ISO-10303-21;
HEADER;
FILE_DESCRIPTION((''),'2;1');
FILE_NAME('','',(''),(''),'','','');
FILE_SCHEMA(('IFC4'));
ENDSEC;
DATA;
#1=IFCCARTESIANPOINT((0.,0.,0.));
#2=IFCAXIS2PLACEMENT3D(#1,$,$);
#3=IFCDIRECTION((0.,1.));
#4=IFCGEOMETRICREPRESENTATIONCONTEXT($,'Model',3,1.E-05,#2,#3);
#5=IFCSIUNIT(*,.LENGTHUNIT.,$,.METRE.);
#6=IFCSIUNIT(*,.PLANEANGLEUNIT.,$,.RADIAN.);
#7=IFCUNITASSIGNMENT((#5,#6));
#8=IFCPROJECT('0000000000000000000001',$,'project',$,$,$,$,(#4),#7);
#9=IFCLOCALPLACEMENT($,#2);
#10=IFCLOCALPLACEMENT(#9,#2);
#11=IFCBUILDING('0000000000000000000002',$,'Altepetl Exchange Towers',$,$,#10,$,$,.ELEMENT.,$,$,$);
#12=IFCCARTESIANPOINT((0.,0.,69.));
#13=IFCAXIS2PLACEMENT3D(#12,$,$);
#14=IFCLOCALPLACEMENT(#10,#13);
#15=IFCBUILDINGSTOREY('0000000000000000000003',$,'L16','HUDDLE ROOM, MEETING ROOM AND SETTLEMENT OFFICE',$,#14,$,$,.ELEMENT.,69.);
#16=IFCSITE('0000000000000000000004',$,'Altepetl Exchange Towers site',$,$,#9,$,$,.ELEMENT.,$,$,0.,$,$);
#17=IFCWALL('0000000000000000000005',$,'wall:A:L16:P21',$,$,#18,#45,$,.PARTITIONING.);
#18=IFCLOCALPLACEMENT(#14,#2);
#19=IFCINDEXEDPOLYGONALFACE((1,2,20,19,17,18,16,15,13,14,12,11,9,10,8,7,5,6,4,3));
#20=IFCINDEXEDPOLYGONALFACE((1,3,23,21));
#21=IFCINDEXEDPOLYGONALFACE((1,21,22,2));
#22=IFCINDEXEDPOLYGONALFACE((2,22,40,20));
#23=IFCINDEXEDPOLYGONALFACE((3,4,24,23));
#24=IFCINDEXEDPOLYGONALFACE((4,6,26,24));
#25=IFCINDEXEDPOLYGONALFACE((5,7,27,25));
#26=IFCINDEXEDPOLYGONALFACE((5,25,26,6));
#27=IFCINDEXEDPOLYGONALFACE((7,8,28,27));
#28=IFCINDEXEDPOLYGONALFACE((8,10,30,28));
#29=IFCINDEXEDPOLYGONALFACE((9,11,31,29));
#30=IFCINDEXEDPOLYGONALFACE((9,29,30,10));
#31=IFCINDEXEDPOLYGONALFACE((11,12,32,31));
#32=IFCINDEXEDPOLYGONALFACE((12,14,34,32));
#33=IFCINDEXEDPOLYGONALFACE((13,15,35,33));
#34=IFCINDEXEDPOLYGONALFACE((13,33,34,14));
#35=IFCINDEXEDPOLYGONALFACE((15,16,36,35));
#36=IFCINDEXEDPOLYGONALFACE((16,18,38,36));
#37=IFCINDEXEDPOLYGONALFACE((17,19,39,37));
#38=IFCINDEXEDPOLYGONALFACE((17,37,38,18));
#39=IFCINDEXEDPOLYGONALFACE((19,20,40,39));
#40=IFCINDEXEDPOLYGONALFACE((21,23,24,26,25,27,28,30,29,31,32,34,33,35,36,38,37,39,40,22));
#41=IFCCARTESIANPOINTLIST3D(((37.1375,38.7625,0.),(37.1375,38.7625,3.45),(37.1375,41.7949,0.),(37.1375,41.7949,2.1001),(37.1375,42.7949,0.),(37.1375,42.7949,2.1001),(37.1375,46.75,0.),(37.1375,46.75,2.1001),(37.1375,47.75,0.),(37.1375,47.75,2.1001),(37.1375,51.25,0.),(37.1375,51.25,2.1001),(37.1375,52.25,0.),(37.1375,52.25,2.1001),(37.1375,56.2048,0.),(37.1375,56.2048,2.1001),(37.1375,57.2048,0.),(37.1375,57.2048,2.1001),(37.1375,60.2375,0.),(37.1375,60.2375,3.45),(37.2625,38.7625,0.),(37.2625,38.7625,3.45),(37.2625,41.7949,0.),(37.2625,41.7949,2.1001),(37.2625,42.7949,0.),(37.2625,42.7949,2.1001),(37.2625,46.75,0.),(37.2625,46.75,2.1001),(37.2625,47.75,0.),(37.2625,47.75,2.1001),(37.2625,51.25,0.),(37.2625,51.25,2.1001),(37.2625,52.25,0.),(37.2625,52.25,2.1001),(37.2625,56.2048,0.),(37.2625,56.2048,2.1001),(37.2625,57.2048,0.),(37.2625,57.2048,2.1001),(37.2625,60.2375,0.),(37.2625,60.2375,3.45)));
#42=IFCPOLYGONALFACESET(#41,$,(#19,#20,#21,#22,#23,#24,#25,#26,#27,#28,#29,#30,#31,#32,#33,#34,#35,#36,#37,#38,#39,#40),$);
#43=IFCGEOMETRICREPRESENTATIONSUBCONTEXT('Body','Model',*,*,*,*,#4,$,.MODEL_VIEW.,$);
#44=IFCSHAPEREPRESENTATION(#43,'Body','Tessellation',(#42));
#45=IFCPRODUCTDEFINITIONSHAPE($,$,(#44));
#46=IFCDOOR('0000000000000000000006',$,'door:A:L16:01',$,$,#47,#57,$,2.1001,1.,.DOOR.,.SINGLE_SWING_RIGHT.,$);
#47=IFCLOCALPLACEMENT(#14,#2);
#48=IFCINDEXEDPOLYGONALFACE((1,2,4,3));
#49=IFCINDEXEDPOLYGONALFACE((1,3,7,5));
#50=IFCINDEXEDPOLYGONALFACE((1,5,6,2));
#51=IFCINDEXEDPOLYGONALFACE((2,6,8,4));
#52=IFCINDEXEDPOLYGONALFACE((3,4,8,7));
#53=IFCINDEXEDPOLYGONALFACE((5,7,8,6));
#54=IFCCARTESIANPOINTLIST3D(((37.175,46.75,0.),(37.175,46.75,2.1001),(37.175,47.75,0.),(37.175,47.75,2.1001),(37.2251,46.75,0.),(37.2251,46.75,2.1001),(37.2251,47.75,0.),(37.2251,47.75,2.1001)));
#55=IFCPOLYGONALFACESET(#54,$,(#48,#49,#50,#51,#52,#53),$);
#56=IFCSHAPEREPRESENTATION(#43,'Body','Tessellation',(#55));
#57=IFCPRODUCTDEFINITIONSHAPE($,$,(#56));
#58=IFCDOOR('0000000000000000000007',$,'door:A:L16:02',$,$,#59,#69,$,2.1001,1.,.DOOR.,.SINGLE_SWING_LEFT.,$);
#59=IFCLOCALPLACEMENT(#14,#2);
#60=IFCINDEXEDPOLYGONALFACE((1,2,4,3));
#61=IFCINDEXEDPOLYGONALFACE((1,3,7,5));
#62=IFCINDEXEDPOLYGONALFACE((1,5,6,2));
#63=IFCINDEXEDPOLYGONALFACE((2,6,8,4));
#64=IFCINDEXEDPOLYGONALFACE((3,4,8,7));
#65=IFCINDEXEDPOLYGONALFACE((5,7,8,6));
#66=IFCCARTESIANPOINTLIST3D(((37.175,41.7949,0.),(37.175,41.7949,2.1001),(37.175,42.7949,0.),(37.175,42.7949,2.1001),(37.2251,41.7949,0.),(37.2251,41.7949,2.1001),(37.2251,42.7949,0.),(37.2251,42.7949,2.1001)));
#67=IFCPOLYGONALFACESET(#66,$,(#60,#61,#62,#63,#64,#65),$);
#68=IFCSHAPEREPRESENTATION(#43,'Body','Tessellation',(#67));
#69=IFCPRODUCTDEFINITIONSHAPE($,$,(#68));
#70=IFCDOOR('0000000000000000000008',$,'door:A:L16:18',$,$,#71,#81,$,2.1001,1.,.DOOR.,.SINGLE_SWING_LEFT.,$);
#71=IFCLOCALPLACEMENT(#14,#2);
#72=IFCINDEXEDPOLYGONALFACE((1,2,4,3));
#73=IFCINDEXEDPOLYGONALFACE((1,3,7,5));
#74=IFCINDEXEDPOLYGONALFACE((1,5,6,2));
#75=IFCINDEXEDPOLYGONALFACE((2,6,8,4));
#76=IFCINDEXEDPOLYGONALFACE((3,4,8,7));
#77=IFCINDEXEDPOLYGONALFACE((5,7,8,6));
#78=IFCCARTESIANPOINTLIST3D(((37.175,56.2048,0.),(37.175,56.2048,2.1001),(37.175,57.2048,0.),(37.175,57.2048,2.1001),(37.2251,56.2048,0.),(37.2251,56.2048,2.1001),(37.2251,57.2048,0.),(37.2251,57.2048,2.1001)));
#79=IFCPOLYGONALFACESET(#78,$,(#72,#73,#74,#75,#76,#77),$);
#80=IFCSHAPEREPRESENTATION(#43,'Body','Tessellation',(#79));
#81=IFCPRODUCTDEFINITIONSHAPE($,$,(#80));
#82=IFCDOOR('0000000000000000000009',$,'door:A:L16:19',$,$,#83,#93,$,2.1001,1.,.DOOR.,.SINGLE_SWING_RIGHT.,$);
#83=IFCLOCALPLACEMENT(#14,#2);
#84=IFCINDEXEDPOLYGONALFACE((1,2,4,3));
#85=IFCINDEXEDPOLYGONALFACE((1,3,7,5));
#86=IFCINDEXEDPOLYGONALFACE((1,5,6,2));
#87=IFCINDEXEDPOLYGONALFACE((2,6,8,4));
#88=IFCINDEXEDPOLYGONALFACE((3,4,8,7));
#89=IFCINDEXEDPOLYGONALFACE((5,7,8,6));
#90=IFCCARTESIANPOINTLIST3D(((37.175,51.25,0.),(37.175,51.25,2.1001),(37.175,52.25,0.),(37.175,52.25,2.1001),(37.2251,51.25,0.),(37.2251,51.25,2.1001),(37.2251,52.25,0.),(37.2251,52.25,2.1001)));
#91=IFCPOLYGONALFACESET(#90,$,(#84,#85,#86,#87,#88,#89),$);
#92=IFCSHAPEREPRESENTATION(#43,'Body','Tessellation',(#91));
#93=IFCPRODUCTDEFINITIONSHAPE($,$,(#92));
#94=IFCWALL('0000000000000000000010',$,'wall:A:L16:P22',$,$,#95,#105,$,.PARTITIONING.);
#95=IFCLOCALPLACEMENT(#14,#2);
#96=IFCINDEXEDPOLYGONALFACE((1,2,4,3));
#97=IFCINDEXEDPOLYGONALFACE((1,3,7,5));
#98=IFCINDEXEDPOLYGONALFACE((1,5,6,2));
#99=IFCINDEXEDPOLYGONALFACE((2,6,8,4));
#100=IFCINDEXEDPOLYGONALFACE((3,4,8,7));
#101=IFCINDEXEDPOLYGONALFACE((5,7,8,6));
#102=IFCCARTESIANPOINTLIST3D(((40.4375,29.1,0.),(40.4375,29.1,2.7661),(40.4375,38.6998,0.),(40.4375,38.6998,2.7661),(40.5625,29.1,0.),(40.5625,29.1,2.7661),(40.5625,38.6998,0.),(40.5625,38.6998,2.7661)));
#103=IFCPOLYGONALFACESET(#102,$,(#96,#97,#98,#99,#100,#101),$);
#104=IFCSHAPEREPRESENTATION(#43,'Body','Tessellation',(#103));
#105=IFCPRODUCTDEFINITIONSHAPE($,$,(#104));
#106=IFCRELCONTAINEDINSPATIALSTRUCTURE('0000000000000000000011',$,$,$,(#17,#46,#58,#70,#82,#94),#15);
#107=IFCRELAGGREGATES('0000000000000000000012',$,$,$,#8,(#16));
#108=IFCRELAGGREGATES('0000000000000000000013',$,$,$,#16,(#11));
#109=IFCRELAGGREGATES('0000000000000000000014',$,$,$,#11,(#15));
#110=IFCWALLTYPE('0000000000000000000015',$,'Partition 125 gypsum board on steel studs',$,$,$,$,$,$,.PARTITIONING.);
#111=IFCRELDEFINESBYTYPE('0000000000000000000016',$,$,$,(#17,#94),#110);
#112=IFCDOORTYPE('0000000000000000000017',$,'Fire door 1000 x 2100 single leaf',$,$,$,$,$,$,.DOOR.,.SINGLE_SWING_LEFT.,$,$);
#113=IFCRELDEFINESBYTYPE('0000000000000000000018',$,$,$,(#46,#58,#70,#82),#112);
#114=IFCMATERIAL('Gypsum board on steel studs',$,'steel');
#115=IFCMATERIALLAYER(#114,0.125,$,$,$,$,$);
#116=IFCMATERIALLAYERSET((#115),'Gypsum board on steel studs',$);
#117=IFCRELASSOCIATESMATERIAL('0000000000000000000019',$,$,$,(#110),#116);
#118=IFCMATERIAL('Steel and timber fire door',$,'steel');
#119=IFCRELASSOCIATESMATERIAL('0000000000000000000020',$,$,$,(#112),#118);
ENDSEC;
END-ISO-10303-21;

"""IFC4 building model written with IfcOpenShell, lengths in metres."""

from ifc_helpers import new_model, si_unit, direction, frame, frame_2d, origin, place, context, subcontext, project, spatial, rectangle, extrude, material, layer, layer_set, type_object, element, fill, save


model = new_model("IFC4")

# Units and contexts
model_context = context("Model", 3, precision=1e-05, world=origin(), true_north=direction((0.0, 1.0)))
body_context = subcontext(model_context, "Body", "Model", "MODEL_VIEW")
ifc_project = project(units=[si_unit("LENGTHUNIT", "METRE"), si_unit("PLANEANGLEUNIT", "RADIAN")], contexts=[model_context])

# Site, building, storey
site_placement = place(None, origin())
site = spatial("IfcSite", under=ifc_project, at=site_placement, Name="Altepetl Exchange Towers site", CompositionType="ELEMENT", RefElevation=0.0)
building_placement = place(site_placement, origin())
building = spatial("IfcBuilding", under=site, at=building_placement, Name="Altepetl Exchange Towers", CompositionType="ELEMENT")
storey_placement = place(building_placement, frame((0.0, 0.0, 69.0)))
storey = spatial("IfcBuildingStorey", under=building, at=storey_placement, Name="L16", Description="HUDDLE ROOM, MEETING ROOM AND SETTLEMENT OFFICE", CompositionType="ELEMENT", Elevation=69.0)

# Shared definitions
ifc_material_1 = material(Name="Steel and timber fire door", Category="steel")

# Shared definitions
ifc_material_2 = material(Name="Gypsum board on steel studs", Category="steel")
ifc_layer_1 = layer(ifc_material_2, 0.125)
ifc_layer_set_1 = layer_set([ifc_layer_1], Name="Gypsum board on steel studs")
wall_type_1 = type_object("IfcWallType", Name="Partition 125 gypsum board on steel studs", PredefinedType="PARTITIONING", material=ifc_layer_set_1)

# Wall, openings, doors
wall_1_placement = place(storey_placement, frame((37.2, 38.7625, 0.0), z_axis=(0.0, 0.0, 1.0), x_axis=(0.0, 1.0, 0.0)))
wall_1 = element("IfcWall", 1, at=wall_1_placement, inside=storey, type_object=wall_type_1, Name="wall:A:L16:P21", PredefinedType="PARTITIONING", context=body_context, shape_type="SweptSolid", body=[
    extrude(rectangle(XDim=21.4751, YDim=0.125, at=frame_2d((10.7375, 0.0))), origin(), (0.0, 0.0, 1.0), 3.45),
])
opening_1_placement = place(wall_1_placement, frame((7.9875, 0.0, 0.0)))
opening_1 = element("IfcOpeningElement", 2, at=opening_1_placement, cuts=wall_1, PredefinedType="OPENING", context=body_context, shape_type="SweptSolid", body=[
    extrude(rectangle(XDim=1.0, YDim=2.1001, at=frame_2d((0.5, 1.05))), frame((0.0, 0.0725, 0.0), z_axis=(0.0, -1.0, 0.0), x_axis=(1.0, 0.0, 0.0)), (0.0, 0.0, 1.0), 0.145),
])
opening_2_placement = place(wall_1_placement, frame((3.0325, 0.0, 0.0)))
opening_2 = element("IfcOpeningElement", 3, at=opening_2_placement, cuts=wall_1, PredefinedType="OPENING", context=body_context, shape_type="SweptSolid", body=[
    extrude(rectangle(XDim=1.0, YDim=2.1001, at=frame_2d((0.5, 1.05))), frame((0.0, 0.0725, 0.0), z_axis=(0.0, -1.0, 0.0), x_axis=(1.0, 0.0, 0.0)), (0.0, 0.0, 1.0), 0.145),
])
opening_3_placement = place(wall_1_placement, frame((17.4424, 0.0, 0.0)))
opening_3 = element("IfcOpeningElement", 4, at=opening_3_placement, cuts=wall_1, PredefinedType="OPENING", context=body_context, shape_type="SweptSolid", body=[
    extrude(rectangle(XDim=1.0, YDim=2.1001, at=frame_2d((0.5, 1.05))), frame((0.0, 0.0725, 0.0), z_axis=(0.0, -1.0, 0.0), x_axis=(1.0, 0.0, 0.0)), (0.0, 0.0, 1.0), 0.145),
])
opening_4_placement = place(wall_1_placement, frame((12.4875, 0.0, 0.0)))
opening_4 = element("IfcOpeningElement", 5, at=opening_4_placement, cuts=wall_1, PredefinedType="OPENING", context=body_context, shape_type="SweptSolid", body=[
    extrude(rectangle(XDim=1.0, YDim=2.1001, at=frame_2d((0.5, 1.05))), frame((0.0, 0.0725, 0.0), z_axis=(0.0, -1.0, 0.0), x_axis=(1.0, 0.0, 0.0)), (0.0, 0.0, 1.0), 0.145),
])
door_type_1 = type_object("IfcDoorType", Name="Fire door 1000 x 2100 single leaf", OperationType="SINGLE_SWING_LEFT", PredefinedType="DOOR", material=ifc_material_1)
door_1_placement = place(opening_1_placement, origin())
door_1 = element("IfcDoor", 6, at=door_1_placement, inside=storey, type_object=door_type_1, Name="door:A:L16:01", OperationType="SINGLE_SWING_RIGHT", OverallHeight=2.1001, OverallWidth=1.0, PredefinedType="DOOR", context=body_context, shape_type="SweptSolid", body=[
    extrude(rectangle(XDim=1.0, YDim=2.1001, at=frame_2d((0.5, 1.05))), frame((0.0, 0.0249, 0.0), z_axis=(0.0, -1.0, 0.0), x_axis=(1.0, 0.0, 0.0)), (0.0, 0.0, 1.0), 0.05),
])
fill(opening_1, door_1)
door_2_placement = place(opening_2_placement, origin())
door_2 = element("IfcDoor", 7, at=door_2_placement, inside=storey, type_object=door_type_1, Name="door:A:L16:02", OperationType="SINGLE_SWING_LEFT", OverallHeight=2.1001, OverallWidth=1.0, PredefinedType="DOOR", context=body_context, shape_type="SweptSolid", body=[
    extrude(rectangle(XDim=1.0, YDim=2.1001, at=frame_2d((0.5, 1.05))), frame((0.0, 0.0249, 0.0), z_axis=(0.0, -1.0, 0.0), x_axis=(1.0, 0.0, 0.0)), (0.0, 0.0, 1.0), 0.05),
])
fill(opening_2, door_2)
door_3_placement = place(opening_3_placement, origin())
door_3 = element("IfcDoor", 8, at=door_3_placement, inside=storey, type_object=door_type_1, Name="door:A:L16:18", OperationType="SINGLE_SWING_LEFT", OverallHeight=2.1001, OverallWidth=1.0, PredefinedType="DOOR", context=body_context, shape_type="SweptSolid", body=[
    extrude(rectangle(XDim=1.0, YDim=2.1001, at=frame_2d((0.5, 1.05))), frame((0.0, 0.0249, 0.0), z_axis=(0.0, -1.0, 0.0), x_axis=(1.0, 0.0, 0.0)), (0.0, 0.0, 1.0), 0.05),
])
fill(opening_3, door_3)
door_4_placement = place(opening_4_placement, origin())
door_4 = element("IfcDoor", 9, at=door_4_placement, inside=storey, type_object=door_type_1, Name="door:A:L16:19", OperationType="SINGLE_SWING_RIGHT", OverallHeight=2.1001, OverallWidth=1.0, PredefinedType="DOOR", context=body_context, shape_type="SweptSolid", body=[
    extrude(rectangle(XDim=1.0, YDim=2.1001, at=frame_2d((0.5, 1.05))), frame((0.0, 0.0249, 0.0), z_axis=(0.0, -1.0, 0.0), x_axis=(1.0, 0.0, 0.0)), (0.0, 0.0, 1.0), 0.05),
])
fill(opening_4, door_4)

# Wall
wall_2_placement = place(storey_placement, frame((40.5, 29.1001, 0.0), z_axis=(0.0, 0.0, 1.0), x_axis=(0.0, 1.0, 0.0)))
element("IfcWall", 10, at=wall_2_placement, inside=storey, type_object=wall_type_1, Name="wall:A:L16:P22", PredefinedType="PARTITIONING", context=body_context, shape_type="SweptSolid", body=[
    extrude(rectangle(XDim=9.5999, YDim=0.125, at=frame_2d((4.7998, 0.0))), origin(), (0.0, 0.0, 1.0), 2.7661),
])

save(model, "model.ifc")
